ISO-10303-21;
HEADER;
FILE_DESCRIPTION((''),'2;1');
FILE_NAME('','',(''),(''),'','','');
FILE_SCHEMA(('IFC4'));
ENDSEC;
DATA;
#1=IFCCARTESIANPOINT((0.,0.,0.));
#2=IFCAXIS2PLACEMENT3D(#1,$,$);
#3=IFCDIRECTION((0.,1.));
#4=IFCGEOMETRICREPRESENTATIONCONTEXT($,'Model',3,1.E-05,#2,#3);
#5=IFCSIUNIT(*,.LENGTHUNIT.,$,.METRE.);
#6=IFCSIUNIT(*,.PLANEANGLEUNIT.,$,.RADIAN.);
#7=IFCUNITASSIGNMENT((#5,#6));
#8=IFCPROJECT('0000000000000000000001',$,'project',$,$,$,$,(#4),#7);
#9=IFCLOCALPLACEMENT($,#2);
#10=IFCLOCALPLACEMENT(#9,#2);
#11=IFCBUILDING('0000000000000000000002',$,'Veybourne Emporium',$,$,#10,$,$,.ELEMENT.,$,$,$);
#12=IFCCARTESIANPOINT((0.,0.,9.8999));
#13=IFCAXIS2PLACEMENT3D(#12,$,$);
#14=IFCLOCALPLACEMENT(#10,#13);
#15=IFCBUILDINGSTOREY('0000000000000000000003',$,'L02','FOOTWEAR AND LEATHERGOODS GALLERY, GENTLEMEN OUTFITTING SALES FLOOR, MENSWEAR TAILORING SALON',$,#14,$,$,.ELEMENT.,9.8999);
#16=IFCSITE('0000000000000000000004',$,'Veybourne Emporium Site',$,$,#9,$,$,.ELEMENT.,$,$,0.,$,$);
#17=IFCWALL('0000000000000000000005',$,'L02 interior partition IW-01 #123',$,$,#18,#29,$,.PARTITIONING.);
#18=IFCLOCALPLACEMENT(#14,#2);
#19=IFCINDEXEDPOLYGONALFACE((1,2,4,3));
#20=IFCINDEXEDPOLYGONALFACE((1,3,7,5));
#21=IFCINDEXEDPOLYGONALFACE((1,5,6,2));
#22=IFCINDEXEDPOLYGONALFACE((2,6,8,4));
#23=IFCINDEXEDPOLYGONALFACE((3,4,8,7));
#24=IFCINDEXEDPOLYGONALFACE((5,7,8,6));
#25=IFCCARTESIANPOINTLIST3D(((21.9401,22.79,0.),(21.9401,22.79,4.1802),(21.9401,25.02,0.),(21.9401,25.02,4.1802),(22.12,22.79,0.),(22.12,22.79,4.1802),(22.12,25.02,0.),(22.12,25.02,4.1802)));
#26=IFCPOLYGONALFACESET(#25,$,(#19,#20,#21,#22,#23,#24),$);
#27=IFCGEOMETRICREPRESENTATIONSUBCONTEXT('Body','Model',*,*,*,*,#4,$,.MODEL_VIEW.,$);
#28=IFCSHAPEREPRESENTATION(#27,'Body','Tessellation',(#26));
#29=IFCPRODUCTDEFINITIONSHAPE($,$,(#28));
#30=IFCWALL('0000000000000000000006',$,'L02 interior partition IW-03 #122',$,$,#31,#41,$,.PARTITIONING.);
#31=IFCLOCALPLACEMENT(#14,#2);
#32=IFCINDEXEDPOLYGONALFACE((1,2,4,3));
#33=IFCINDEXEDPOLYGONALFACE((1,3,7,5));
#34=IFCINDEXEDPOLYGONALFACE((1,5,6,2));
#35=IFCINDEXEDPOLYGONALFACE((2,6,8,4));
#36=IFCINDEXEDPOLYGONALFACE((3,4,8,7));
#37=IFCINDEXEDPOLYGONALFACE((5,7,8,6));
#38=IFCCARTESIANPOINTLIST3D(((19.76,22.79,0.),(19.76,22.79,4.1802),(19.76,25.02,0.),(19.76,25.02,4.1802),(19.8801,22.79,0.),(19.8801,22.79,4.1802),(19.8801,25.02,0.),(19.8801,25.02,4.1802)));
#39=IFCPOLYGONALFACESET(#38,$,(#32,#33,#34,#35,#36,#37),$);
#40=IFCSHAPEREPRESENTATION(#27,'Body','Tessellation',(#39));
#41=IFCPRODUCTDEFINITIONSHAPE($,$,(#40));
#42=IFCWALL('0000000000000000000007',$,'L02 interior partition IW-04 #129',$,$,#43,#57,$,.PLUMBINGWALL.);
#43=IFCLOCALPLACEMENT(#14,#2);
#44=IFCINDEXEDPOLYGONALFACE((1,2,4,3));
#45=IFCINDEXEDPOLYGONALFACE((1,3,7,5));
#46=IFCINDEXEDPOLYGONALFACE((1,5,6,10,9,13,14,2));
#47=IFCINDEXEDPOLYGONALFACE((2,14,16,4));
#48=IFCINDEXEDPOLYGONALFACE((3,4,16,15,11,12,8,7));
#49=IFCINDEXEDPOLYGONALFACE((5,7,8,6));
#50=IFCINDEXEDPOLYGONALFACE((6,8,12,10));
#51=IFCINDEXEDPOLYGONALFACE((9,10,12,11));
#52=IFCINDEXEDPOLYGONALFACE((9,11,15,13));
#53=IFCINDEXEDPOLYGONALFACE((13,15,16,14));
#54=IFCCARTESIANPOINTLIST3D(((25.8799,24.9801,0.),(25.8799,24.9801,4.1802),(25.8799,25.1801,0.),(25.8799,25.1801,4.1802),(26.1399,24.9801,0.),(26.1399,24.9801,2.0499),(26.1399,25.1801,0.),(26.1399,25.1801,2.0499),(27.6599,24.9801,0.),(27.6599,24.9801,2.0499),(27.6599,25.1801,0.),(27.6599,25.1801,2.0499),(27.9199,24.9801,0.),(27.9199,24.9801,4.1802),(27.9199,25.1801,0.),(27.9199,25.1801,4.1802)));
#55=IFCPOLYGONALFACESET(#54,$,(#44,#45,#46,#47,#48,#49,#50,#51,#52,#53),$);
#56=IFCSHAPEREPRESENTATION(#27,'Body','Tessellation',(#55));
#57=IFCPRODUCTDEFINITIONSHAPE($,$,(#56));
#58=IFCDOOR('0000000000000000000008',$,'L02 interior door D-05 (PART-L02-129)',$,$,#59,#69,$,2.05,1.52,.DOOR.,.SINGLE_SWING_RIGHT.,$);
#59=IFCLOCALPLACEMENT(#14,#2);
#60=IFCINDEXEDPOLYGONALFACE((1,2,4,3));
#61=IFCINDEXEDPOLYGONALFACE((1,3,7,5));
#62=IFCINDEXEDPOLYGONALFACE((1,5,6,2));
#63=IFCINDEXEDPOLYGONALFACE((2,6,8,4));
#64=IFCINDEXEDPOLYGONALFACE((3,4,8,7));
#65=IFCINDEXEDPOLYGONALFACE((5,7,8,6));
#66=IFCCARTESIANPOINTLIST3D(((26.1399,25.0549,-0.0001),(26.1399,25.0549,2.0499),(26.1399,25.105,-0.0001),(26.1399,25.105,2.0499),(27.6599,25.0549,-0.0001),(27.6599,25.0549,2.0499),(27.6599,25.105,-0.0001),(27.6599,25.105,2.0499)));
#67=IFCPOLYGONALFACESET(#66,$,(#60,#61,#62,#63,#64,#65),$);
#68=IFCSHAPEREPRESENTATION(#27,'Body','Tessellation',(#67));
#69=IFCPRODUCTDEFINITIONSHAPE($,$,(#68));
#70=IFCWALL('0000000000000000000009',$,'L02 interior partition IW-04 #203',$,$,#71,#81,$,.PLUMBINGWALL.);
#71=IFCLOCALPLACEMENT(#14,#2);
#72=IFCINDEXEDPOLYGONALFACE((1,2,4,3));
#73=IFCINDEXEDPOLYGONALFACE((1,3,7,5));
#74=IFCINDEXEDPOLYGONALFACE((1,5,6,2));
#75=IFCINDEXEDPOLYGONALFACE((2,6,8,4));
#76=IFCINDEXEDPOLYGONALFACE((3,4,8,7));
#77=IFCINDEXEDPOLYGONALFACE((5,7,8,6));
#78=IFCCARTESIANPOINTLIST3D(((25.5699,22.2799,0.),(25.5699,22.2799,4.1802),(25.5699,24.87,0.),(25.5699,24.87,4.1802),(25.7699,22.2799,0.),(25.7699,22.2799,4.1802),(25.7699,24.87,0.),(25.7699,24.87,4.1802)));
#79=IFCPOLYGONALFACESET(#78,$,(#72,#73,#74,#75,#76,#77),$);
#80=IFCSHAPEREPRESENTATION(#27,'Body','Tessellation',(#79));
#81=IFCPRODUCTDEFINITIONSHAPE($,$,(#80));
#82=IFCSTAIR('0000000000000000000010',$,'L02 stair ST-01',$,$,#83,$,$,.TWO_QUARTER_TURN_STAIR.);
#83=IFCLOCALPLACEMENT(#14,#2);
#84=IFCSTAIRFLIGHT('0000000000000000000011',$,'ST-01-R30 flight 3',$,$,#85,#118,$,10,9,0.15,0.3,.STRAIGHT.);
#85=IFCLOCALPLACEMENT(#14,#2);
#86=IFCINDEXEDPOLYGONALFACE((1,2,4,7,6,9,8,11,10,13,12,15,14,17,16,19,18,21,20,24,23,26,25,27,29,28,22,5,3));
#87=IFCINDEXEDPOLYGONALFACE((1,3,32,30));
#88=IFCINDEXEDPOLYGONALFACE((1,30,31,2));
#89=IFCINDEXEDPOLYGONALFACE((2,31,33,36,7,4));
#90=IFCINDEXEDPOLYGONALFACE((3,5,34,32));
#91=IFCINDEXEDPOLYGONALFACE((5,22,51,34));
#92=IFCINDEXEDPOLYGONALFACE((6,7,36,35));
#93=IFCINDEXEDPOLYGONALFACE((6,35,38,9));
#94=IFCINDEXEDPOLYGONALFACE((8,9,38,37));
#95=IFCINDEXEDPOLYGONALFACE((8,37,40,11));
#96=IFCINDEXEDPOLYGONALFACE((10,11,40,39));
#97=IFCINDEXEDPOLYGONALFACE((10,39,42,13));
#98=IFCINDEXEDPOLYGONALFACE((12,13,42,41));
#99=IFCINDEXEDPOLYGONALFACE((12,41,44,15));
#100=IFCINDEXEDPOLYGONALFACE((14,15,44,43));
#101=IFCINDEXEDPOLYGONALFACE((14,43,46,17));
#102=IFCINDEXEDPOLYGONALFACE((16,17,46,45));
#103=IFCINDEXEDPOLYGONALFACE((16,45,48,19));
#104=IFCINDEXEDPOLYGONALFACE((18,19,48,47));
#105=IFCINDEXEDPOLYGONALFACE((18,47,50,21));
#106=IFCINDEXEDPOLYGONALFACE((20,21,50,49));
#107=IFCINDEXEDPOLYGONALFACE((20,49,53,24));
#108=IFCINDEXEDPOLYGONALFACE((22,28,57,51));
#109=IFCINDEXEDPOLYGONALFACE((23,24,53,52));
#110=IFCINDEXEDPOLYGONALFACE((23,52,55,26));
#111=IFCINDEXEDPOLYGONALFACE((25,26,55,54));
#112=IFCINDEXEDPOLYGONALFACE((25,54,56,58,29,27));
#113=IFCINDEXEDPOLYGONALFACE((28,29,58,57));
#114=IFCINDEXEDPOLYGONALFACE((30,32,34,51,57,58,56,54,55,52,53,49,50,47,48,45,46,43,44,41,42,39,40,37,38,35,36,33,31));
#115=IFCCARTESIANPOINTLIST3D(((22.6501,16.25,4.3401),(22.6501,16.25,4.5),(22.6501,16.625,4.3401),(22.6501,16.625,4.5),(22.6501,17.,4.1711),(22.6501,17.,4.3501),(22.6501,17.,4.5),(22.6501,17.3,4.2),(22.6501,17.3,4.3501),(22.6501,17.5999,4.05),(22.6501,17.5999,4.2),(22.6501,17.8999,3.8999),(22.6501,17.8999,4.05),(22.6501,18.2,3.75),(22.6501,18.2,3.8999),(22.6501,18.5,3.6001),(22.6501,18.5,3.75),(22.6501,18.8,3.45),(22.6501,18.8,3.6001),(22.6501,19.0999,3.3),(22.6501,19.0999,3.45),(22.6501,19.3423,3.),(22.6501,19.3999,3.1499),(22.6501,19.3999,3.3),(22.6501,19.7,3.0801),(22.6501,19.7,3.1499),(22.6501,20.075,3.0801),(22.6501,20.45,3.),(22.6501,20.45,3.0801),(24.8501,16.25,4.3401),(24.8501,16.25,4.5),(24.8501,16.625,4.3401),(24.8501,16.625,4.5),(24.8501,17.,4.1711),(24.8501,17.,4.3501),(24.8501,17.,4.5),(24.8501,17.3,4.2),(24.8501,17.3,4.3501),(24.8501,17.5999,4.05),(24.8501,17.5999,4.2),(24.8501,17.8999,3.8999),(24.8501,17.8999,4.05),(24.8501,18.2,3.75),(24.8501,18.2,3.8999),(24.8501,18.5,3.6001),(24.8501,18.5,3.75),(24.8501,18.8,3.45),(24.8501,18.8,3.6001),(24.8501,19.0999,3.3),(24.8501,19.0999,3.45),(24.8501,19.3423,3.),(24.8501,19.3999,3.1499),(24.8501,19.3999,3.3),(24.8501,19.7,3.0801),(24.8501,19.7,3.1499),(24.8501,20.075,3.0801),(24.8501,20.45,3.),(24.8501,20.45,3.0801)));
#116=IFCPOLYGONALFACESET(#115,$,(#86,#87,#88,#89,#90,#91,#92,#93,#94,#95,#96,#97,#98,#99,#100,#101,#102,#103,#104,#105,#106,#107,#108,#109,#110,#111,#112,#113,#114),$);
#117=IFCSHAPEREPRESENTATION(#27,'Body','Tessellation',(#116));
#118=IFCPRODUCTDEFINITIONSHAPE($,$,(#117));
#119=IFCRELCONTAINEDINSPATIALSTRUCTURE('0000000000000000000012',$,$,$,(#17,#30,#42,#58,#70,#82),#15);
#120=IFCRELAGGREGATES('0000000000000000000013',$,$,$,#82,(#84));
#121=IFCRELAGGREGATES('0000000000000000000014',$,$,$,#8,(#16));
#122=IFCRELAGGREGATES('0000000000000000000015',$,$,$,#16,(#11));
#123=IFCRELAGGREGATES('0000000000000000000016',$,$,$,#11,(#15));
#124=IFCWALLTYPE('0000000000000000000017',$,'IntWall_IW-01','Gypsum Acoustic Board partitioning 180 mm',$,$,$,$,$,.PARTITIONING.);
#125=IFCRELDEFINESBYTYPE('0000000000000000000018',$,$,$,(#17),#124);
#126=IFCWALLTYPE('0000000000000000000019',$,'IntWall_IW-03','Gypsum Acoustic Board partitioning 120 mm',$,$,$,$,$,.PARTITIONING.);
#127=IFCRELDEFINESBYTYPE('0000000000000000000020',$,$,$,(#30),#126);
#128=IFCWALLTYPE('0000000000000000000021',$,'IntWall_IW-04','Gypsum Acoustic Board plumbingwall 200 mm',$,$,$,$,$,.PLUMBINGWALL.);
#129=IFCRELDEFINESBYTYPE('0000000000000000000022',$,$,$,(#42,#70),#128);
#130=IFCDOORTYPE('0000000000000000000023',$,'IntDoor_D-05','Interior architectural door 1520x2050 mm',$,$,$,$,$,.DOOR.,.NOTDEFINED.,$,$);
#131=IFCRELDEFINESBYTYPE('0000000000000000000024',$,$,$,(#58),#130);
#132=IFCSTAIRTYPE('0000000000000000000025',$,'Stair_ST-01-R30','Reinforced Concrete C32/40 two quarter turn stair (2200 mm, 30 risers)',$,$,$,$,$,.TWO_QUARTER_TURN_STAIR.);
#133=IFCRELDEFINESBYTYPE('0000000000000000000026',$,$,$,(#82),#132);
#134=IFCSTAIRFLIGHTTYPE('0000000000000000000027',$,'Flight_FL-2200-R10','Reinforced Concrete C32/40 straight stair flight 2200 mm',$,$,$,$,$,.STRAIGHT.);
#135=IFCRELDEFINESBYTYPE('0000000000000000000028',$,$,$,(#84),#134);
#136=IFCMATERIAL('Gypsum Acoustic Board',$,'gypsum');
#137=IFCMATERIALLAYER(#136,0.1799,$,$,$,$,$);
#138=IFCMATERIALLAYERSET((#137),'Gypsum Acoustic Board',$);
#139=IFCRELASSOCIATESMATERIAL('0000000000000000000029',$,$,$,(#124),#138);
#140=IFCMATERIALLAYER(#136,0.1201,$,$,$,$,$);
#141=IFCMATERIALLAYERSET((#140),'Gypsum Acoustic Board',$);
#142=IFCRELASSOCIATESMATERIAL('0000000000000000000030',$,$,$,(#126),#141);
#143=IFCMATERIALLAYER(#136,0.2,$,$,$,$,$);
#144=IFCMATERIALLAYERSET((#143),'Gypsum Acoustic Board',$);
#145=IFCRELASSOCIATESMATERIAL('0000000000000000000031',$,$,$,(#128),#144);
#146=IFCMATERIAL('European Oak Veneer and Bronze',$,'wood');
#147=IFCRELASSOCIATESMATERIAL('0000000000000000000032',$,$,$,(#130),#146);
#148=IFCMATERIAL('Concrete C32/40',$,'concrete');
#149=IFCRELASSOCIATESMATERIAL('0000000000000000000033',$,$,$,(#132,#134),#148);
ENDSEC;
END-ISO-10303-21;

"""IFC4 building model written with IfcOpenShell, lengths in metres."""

from ifc_helpers import new_model, si_unit, direction, frame, frame_2d, origin, place, context, subcontext, project, spatial, polyline, rectangle, outline, extrude, material, layer, layer_set, type_object, element, fill, aggregate, save


model = new_model("IFC4")

# Units and contexts
model_context = context("Model", 3, precision=1e-05, world=origin(), true_north=direction((0.0, 1.0)))
body_context = subcontext(model_context, "Body", "Model", "MODEL_VIEW")
ifc_project = project(units=[si_unit("LENGTHUNIT", "METRE"), si_unit("PLANEANGLEUNIT", "RADIAN")], contexts=[model_context])

# Site, building, storey
site_placement = place(None, origin())
site = spatial("IfcSite", under=ifc_project, at=site_placement, Name="Veybourne Emporium Site", CompositionType="ELEMENT", RefElevation=0.0)
building_placement = place(site_placement, origin())
building = spatial("IfcBuilding", under=site, at=building_placement, Name="Veybourne Emporium", CompositionType="ELEMENT")
storey_placement = place(building_placement, frame((0.0, 0.0, 9.8999)))
storey = spatial("IfcBuildingStorey", under=building, at=storey_placement, Name="L02", Description="FOOTWEAR AND LEATHERGOODS GALLERY, GENTLEMEN OUTFITTING SALES FLOOR, MENSWEAR TAILORING SALON", CompositionType="ELEMENT", Elevation=9.8999)

# Shared definitions
ifc_material_1 = material(Name="Concrete C32/40", Category="concrete")

# Shared definitions
ifc_material_2 = material(Name="Gypsum Acoustic Board", Category="gypsum")
ifc_layer_1 = layer(ifc_material_2, 0.1799)
ifc_layer_set_1 = layer_set([ifc_layer_1], Name="Gypsum Acoustic Board")
wall_type_1 = type_object("IfcWallType", Name="IntWall_IW-01", Description="Gypsum Acoustic Board partitioning 180 mm", PredefinedType="PARTITIONING", material=ifc_layer_set_1)
ifc_material_3 = material(Name="European Oak Veneer and Bronze", Category="wood")

# Walls
wall_1_placement = place(storey_placement, frame((22.03, 22.79, 0.0), z_axis=(0.0, 0.0, 1.0), x_axis=(0.0, 1.0, 0.0)))
element("IfcWall", 1, at=wall_1_placement, inside=storey, type_object=wall_type_1, Name="L02 interior partition IW-01 #123", PredefinedType="PARTITIONING", context=body_context, shape_type="SweptSolid", body=[
    extrude(rectangle(XDim=2.23, YDim=0.1799, at=frame_2d((1.115, 0.0))), origin(), (0.0, 0.0, 1.0), 4.1802),
])
ifc_layer_2 = layer(ifc_material_2, 0.1201)
ifc_layer_set_2 = layer_set([ifc_layer_2], Name="Gypsum Acoustic Board")
wall_type_2 = type_object("IfcWallType", Name="IntWall_IW-03", Description="Gypsum Acoustic Board partitioning 120 mm", PredefinedType="PARTITIONING", material=ifc_layer_set_2)
wall_2_placement = place(storey_placement, frame((19.8201, 22.79, 0.0), z_axis=(0.0, 0.0, 1.0), x_axis=(0.0, 1.0, 0.0)))
element("IfcWall", 2, at=wall_2_placement, inside=storey, type_object=wall_type_2, Name="L02 interior partition IW-03 #122", PredefinedType="PARTITIONING", context=body_context, shape_type="SweptSolid", body=[
    extrude(rectangle(XDim=2.23, YDim=0.1201, at=frame_2d((1.115, 0.0))), origin(), (0.0, 0.0, 1.0), 4.1802),
])

# Wall, opening, door
ifc_layer_3 = layer(ifc_material_2, 0.2)
ifc_layer_set_3 = layer_set([ifc_layer_3], Name="Gypsum Acoustic Board")
wall_type_3 = type_object("IfcWallType", Name="IntWall_IW-04", Description="Gypsum Acoustic Board plumbingwall 200 mm", PredefinedType="PLUMBINGWALL", material=ifc_layer_set_3)
wall_3_placement = place(storey_placement, frame((25.8799, 25.0801, 0.0), z_axis=(0.0, 0.0, 1.0), x_axis=(1.0, 0.0, 0.0)))
wall_3 = element("IfcWall", 3, at=wall_3_placement, inside=storey, type_object=wall_type_3, Name="L02 interior partition IW-04 #129", PredefinedType="PLUMBINGWALL", context=body_context, shape_type="SweptSolid", body=[
    extrude(rectangle(XDim=2.04, YDim=0.2, at=frame_2d((1.02, 0.0))), origin(), (0.0, 0.0, 1.0), 4.1802),
])
opening_1_placement = place(wall_3_placement, frame((0.26, 0.0, 0.0)))
opening_1 = element("IfcOpeningElement", 4, at=opening_1_placement, cuts=wall_3, PredefinedType="OPENING", context=body_context, shape_type="SweptSolid", body=[
    extrude(rectangle(XDim=1.52, YDim=2.05, at=frame_2d((0.76, 1.0249))), frame((0.0, 0.1201, 0.0), z_axis=(0.0, -1.0, 0.0), x_axis=(1.0, 0.0, 0.0)), (0.0, 0.0, 1.0), 0.24),
])
door_type_1 = type_object("IfcDoorType", Name="IntDoor_D-05", Description="Interior architectural door 1520x2050 mm", OperationType="NOTDEFINED", PredefinedType="DOOR", material=ifc_material_3)
door_1_placement = place(opening_1_placement, origin())
door_1 = element("IfcDoor", 5, at=door_1_placement, inside=storey, type_object=door_type_1, Name="L02 interior door D-05 (PART-L02-129)", OperationType="SINGLE_SWING_RIGHT", OverallHeight=2.05, OverallWidth=1.52, PredefinedType="DOOR", context=body_context, shape_type="SweptSolid", body=[
    extrude(rectangle(XDim=1.52, YDim=2.05, at=frame_2d((0.76, 1.0249))), frame((0.0, 0.0249, 0.0), z_axis=(0.0, -1.0, 0.0), x_axis=(1.0, 0.0, 0.0)), (0.0, 0.0, 1.0), 0.05),
])
fill(opening_1, door_1)

# Wall
wall_4_placement = place(storey_placement, frame((25.6699, 22.28, 0.0), z_axis=(0.0, 0.0, 1.0), x_axis=(0.0, 1.0, 0.0)))
element("IfcWall", 6, at=wall_4_placement, inside=storey, type_object=wall_type_3, Name="L02 interior partition IW-04 #203", PredefinedType="PLUMBINGWALL", context=body_context, shape_type="SweptSolid", body=[
    extrude(rectangle(XDim=2.5901, YDim=0.2, at=frame_2d((1.2949, 0.0))), origin(), (0.0, 0.0, 1.0), 4.1802),
])

# Stair, stair flight
stair_type = type_object("IfcStairType", Name="Stair_ST-01-R30", Description="Reinforced Concrete C32/40 two quarter turn stair (2200 mm, 30 risers)", PredefinedType="TWO_QUARTER_TURN_STAIR", material=ifc_material_1)
stair_placement = place(storey_placement, origin())
stair = element("IfcStair", 7, at=stair_placement, inside=storey, type_object=stair_type, Name="L02 stair ST-01", PredefinedType="TWO_QUARTER_TURN_STAIR")
stair_flight_type = type_object("IfcStairFlightType", Name="Flight_FL-2200-R10", Description="Reinforced Concrete C32/40 straight stair flight 2200 mm", PredefinedType="STRAIGHT", material=ifc_material_1)
stair_flight_placement = place(storey_placement, frame((23.75, 19.7, 3.0), z_axis=(0.0, 0.0, 1.0), x_axis=(0.0, -1.0, 0.0)))
stair_flight = element("IfcStairFlight", 8, at=stair_flight_placement, type_object=stair_flight_type, Name="ST-01-R30 flight 3", NumberOfRisers=10, NumberOfTreads=9, PredefinedType="STRAIGHT", RiserHeight=0.15, TreadLength=0.3, context=body_context, shape_type="SweptSolid", body=[
    extrude(outline(polyline([(-0.75, 0.0), (-0.75, 0.0801), (-0.375, 0.0801), (0.0, 0.0801), (0.0, 0.1499), (0.3, 0.1499), (0.3, 0.3), (0.6001, 0.3), (0.6001, 0.45), (0.8999, 0.45), (0.8999, 0.6001), (1.2, 0.6001), (1.2, 0.75), (1.5, 0.75), (1.5, 0.8999), (1.8, 0.8999), (1.8, 1.05), (2.1001, 1.05), (2.1001, 1.2), (2.3999, 1.2), (2.3999, 1.3501), (2.7, 1.3501), (2.7, 1.5), (3.075, 1.5), (3.45, 1.5), (3.45, 1.3401), (3.075, 1.3401), (2.7, 1.1711), (0.3577, 0.0), (-0.75, 0.0)])), frame((0.0, 1.1001, 0.0), z_axis=(0.0, -1.0, 0.0), x_axis=(1.0, 0.0, 0.0)), (0.0, 0.0, 1.0), 2.2),
])
aggregate(stair, [stair_flight])

save(model, "model.ifc")
